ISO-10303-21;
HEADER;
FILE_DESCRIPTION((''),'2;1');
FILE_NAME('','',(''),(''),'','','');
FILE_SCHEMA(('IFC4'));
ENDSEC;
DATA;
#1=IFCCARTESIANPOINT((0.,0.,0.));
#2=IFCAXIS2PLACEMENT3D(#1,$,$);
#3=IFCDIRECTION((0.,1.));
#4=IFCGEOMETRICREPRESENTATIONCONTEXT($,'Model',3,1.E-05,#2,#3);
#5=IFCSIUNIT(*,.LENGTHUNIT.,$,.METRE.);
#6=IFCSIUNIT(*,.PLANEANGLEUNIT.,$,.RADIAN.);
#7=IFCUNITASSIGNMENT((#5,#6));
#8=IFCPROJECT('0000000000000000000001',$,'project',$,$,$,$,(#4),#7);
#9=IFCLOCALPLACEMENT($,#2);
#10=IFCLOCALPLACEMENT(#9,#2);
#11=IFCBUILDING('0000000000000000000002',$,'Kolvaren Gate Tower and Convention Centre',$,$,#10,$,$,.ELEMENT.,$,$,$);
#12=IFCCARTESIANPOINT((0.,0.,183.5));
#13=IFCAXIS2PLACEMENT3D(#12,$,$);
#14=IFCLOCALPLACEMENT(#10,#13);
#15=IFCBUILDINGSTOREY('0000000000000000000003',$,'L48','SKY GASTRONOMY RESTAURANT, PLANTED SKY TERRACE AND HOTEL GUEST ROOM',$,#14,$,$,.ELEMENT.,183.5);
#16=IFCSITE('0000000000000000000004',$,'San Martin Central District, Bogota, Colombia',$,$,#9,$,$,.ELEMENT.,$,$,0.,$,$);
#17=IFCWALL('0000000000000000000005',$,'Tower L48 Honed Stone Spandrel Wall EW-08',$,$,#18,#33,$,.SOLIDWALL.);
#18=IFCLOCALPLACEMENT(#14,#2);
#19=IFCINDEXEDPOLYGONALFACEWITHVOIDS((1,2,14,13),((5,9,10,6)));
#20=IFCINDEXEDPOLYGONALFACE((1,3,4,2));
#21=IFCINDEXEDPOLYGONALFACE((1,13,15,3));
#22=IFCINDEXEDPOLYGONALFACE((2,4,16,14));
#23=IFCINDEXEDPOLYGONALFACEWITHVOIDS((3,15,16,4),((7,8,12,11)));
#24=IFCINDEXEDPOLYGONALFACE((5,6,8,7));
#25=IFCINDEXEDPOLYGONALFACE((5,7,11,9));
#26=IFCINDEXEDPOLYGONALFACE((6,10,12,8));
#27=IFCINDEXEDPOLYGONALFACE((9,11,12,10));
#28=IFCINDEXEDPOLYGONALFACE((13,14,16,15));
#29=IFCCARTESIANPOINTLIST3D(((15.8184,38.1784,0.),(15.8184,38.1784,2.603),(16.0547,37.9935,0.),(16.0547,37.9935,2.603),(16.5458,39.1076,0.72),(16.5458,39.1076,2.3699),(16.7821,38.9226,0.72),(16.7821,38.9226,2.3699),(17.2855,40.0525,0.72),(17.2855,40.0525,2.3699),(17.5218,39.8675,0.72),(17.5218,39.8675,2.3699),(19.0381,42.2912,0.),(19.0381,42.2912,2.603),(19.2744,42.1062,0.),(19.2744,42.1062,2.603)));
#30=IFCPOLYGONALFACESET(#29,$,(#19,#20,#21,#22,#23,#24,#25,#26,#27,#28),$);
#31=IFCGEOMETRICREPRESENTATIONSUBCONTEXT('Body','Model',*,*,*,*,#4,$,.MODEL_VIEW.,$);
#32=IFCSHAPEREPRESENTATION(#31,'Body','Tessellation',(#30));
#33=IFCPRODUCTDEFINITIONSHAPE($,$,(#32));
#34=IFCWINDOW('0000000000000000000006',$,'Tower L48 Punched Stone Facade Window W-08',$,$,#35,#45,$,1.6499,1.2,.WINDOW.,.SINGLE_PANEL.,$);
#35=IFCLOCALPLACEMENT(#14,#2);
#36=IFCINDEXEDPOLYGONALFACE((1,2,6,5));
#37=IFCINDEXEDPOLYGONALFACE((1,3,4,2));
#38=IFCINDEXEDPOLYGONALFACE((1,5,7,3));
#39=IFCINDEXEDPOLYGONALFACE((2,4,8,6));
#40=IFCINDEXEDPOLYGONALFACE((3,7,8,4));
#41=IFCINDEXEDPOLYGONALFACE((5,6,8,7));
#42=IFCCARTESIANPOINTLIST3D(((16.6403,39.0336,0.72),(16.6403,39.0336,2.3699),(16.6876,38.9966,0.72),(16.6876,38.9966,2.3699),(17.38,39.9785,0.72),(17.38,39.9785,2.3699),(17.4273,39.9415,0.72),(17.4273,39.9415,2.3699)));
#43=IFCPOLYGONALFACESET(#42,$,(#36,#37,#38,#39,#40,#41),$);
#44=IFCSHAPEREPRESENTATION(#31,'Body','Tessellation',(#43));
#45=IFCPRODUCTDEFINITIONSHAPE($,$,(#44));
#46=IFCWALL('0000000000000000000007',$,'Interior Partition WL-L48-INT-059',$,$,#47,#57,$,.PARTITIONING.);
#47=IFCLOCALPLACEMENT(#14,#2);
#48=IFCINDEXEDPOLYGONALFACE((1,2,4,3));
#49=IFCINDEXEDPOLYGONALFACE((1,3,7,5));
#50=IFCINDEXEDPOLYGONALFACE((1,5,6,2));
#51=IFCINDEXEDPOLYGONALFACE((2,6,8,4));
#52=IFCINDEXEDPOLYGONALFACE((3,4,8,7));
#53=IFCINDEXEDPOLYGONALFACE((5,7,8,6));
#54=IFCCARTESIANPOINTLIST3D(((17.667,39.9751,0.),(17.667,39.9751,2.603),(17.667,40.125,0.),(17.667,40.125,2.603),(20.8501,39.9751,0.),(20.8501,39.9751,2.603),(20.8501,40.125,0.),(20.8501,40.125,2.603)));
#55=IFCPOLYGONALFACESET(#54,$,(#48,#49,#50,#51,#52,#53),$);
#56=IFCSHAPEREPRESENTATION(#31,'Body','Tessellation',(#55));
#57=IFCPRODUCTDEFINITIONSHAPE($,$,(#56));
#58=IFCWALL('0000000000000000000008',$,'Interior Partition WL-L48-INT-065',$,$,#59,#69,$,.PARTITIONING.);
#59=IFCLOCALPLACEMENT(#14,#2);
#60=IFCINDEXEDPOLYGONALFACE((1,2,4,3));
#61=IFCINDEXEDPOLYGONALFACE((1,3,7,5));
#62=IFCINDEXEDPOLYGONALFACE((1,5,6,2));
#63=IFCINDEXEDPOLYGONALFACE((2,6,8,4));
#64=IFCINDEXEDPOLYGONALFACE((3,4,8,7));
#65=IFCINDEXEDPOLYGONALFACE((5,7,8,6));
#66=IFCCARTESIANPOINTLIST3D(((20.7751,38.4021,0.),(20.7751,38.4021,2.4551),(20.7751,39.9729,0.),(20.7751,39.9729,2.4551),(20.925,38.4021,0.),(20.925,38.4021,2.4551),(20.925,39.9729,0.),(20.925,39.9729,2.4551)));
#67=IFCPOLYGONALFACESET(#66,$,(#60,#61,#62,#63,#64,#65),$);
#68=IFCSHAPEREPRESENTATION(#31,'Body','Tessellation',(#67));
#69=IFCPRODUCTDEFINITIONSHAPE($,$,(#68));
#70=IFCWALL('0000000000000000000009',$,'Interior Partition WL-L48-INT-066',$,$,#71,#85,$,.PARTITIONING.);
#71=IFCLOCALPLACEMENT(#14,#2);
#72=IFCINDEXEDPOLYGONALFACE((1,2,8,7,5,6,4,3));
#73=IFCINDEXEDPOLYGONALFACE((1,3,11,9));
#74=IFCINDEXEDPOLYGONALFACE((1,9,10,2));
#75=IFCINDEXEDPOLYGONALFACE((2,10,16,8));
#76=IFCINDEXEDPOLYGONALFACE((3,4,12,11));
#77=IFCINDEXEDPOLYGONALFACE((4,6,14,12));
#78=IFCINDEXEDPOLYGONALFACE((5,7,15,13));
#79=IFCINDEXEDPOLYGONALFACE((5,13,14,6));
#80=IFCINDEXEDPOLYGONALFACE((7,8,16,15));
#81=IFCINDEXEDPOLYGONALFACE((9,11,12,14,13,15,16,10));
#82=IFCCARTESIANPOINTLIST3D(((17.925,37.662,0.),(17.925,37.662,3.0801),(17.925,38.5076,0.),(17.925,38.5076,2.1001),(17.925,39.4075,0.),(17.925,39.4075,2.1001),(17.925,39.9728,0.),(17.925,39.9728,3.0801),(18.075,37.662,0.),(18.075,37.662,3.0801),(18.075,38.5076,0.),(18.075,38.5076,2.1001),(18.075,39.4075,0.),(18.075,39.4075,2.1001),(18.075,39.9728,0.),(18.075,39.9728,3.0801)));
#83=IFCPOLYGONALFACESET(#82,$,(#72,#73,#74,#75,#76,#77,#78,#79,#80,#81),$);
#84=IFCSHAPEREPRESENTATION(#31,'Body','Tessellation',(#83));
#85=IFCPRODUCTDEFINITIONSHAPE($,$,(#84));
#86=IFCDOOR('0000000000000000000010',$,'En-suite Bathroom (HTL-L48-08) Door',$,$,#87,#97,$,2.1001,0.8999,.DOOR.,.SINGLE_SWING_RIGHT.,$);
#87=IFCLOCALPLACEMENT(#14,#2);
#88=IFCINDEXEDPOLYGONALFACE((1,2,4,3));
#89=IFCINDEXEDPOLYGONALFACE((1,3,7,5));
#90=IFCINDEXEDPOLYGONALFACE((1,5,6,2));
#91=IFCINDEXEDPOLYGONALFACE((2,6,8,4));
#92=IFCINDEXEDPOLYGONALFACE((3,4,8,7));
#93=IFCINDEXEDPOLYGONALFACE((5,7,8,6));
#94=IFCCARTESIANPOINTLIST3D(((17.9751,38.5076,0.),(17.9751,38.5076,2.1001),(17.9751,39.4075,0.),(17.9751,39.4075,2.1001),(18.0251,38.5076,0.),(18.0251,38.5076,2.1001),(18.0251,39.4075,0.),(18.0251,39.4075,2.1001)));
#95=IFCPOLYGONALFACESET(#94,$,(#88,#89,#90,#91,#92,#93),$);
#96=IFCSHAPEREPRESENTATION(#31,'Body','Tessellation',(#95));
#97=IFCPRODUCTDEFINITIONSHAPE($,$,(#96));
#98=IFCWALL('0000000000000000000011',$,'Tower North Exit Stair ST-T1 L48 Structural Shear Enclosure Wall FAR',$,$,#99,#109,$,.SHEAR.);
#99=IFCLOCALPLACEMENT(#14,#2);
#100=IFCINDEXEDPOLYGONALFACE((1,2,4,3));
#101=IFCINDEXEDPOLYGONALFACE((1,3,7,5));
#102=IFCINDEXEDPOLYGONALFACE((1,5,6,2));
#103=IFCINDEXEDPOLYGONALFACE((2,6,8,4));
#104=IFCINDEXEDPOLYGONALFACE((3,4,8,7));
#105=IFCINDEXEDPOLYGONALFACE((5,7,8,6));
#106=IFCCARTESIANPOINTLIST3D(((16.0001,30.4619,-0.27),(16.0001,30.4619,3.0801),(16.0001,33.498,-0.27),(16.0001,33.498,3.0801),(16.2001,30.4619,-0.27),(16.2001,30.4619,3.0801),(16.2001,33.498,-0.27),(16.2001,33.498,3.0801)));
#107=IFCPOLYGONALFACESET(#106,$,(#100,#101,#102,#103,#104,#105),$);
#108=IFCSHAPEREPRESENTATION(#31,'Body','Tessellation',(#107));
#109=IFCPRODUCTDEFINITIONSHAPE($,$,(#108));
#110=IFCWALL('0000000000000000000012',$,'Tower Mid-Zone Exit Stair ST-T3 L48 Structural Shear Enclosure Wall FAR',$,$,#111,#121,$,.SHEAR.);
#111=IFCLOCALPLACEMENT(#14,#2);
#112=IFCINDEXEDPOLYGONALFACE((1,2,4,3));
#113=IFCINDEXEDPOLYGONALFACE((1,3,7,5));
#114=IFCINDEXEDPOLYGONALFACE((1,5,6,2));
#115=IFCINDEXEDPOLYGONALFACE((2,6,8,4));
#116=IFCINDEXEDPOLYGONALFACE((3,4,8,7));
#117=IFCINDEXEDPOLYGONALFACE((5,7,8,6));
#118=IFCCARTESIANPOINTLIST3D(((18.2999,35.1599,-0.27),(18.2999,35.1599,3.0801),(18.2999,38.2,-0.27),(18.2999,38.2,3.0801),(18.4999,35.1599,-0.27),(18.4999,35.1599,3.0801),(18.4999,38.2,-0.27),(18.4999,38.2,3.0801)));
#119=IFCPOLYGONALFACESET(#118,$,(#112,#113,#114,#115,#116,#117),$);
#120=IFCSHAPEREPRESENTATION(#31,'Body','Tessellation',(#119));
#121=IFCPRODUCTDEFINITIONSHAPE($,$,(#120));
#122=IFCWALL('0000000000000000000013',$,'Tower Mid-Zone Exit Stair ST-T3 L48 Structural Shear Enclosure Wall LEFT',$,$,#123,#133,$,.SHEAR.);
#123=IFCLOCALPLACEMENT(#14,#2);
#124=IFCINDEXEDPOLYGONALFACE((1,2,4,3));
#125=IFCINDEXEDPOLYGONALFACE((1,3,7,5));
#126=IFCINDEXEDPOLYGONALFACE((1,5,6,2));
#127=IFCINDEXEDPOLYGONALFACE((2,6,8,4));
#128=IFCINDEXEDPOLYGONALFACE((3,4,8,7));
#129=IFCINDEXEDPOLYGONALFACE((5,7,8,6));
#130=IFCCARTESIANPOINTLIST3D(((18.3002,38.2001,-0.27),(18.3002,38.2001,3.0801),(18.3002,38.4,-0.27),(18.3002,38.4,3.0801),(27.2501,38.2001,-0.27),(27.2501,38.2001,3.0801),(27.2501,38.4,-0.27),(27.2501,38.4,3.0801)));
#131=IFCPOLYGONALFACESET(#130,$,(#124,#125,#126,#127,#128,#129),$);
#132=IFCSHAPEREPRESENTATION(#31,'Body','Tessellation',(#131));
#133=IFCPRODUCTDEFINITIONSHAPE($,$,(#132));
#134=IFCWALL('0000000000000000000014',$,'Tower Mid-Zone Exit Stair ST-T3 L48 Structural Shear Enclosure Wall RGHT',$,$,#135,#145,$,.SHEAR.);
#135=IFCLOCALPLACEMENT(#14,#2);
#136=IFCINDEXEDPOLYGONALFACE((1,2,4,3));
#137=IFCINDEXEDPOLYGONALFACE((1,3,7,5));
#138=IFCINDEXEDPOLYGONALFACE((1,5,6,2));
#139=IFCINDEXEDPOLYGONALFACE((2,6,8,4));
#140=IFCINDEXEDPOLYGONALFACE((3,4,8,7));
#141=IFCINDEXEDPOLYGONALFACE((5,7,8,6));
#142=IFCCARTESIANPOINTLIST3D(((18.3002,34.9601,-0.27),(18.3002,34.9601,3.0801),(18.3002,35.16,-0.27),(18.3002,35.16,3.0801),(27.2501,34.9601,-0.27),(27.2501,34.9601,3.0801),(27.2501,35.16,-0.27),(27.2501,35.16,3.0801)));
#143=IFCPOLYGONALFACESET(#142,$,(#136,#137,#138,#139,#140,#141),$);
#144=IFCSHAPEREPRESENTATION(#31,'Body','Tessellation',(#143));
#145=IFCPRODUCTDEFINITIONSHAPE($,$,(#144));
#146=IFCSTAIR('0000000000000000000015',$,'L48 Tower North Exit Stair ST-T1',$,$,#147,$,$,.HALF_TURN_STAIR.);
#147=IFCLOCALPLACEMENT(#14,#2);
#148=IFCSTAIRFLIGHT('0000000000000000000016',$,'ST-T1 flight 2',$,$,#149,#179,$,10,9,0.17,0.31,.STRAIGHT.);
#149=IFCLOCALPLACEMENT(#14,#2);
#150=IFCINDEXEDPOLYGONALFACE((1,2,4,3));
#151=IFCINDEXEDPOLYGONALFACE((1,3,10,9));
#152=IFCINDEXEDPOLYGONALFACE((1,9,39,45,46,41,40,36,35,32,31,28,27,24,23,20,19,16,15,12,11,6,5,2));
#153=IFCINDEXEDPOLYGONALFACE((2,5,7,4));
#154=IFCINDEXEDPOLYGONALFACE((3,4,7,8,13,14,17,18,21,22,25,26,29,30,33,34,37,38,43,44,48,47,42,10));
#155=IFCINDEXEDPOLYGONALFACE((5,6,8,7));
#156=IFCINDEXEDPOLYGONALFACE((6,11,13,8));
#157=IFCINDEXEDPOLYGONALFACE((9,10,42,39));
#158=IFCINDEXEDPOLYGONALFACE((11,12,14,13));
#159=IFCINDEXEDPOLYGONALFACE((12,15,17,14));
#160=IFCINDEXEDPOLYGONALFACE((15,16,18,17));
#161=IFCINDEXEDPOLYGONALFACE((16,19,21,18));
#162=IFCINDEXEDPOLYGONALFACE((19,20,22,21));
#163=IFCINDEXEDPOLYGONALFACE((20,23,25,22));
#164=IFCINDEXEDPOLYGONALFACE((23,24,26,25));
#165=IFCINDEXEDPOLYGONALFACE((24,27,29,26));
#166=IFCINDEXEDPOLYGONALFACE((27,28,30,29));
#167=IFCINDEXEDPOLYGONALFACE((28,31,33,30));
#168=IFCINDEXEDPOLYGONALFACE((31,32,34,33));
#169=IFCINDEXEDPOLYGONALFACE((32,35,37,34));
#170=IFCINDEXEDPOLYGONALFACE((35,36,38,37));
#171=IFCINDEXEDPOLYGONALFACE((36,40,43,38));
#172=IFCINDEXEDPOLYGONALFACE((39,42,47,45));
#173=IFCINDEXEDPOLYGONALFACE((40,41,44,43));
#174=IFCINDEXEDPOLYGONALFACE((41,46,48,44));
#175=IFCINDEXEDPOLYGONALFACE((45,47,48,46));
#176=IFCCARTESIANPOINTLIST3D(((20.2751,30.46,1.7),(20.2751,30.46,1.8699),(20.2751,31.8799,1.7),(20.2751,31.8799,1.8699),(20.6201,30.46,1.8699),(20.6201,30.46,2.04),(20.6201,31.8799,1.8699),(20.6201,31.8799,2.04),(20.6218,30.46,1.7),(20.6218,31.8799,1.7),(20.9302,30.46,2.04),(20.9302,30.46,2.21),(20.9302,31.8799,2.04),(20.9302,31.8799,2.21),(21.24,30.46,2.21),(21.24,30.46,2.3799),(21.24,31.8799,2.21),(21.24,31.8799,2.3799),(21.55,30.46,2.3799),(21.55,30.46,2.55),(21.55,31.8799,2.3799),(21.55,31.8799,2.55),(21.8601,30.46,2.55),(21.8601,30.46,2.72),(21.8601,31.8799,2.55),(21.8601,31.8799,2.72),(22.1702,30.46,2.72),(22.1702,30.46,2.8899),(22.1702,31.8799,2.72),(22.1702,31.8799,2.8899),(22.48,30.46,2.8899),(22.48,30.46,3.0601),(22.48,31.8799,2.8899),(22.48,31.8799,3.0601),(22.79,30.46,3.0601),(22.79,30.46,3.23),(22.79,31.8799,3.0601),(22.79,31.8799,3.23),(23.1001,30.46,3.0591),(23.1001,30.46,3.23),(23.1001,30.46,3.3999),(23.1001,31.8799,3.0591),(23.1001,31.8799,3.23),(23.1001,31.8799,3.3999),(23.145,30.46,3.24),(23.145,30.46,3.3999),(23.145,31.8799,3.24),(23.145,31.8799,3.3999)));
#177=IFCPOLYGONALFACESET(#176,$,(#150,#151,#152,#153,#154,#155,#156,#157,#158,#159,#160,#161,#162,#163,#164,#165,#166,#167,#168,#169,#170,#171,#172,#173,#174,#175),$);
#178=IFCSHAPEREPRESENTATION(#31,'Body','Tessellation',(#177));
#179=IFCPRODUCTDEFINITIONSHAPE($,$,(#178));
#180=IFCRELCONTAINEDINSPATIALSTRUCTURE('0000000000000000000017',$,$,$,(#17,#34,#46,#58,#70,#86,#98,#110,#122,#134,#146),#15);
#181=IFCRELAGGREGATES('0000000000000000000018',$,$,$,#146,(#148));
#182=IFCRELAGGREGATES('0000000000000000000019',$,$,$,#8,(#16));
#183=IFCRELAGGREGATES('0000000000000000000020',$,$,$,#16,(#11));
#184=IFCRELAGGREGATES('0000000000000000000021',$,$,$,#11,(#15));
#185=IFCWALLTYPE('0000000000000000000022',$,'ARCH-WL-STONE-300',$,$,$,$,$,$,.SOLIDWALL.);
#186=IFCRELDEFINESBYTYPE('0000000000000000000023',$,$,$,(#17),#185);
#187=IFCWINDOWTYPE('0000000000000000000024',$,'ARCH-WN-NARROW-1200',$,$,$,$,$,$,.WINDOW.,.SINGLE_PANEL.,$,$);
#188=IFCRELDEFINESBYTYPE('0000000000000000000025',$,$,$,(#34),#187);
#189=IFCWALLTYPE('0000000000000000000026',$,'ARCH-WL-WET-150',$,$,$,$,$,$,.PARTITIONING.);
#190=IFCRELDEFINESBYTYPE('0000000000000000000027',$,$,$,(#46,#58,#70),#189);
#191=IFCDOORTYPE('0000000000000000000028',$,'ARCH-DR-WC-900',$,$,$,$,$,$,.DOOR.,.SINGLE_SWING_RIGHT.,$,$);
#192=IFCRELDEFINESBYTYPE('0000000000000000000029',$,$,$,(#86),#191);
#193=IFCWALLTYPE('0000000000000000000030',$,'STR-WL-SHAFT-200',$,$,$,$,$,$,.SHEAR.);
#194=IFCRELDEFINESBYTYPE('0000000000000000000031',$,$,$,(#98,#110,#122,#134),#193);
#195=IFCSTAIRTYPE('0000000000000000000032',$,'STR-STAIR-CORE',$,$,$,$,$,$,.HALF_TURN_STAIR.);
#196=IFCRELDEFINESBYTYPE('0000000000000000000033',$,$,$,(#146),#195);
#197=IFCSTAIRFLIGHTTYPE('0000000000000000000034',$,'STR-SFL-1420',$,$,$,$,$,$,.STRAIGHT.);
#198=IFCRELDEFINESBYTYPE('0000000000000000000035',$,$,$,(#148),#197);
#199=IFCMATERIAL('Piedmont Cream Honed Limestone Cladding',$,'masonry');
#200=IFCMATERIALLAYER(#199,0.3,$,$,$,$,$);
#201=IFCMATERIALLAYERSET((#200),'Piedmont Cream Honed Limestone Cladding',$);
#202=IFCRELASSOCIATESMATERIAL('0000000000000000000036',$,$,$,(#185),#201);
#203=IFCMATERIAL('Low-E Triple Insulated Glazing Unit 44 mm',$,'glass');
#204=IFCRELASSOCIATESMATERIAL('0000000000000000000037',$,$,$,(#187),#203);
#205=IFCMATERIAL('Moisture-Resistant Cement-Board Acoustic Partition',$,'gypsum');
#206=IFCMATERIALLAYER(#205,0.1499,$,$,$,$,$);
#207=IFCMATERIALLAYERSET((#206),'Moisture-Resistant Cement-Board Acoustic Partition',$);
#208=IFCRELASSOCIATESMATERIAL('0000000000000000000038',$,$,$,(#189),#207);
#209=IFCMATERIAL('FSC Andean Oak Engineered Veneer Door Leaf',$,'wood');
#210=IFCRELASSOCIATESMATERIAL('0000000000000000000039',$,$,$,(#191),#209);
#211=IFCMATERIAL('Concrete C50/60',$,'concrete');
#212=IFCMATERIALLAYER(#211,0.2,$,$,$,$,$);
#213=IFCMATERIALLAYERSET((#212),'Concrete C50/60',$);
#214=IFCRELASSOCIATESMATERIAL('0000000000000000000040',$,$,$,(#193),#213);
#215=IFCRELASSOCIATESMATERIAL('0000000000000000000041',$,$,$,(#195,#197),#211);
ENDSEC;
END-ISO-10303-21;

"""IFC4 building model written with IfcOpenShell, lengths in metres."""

from ifc_helpers import new_model, si_unit, direction, frame, frame_2d, origin, place, context, subcontext, project, spatial, polyline, rectangle, outline, extrude, material, layer, layer_set, type_object, element, fill, aggregate, save


model = new_model("IFC4")

# Units and contexts
model_context = context("Model", 3, precision=1e-05, world=origin(), true_north=direction((0.0, 1.0)))
body_context = subcontext(model_context, "Body", "Model", "MODEL_VIEW")
ifc_project = project(units=[si_unit("LENGTHUNIT", "METRE"), si_unit("PLANEANGLEUNIT", "RADIAN")], contexts=[model_context])

# Site, building, storey
site_placement = place(None, origin())
site = spatial("IfcSite", under=ifc_project, at=site_placement, Name="San Martin Central District, Bogota, Colombia", CompositionType="ELEMENT", RefElevation=0.0)
building_placement = place(site_placement, origin())
building = spatial("IfcBuilding", under=site, at=building_placement, Name="Kolvaren Gate Tower and Convention Centre", CompositionType="ELEMENT")
storey_placement = place(building_placement, frame((0.0, 0.0, 183.5)))
storey = spatial("IfcBuildingStorey", under=building, at=storey_placement, Name="L48", Description="SKY GASTRONOMY RESTAURANT, PLANTED SKY TERRACE AND HOTEL GUEST ROOM", CompositionType="ELEMENT", Elevation=183.5)

# Wall, opening, window
ifc_material_1 = material(Name="Piedmont Cream Honed Limestone Cladding", Category="masonry")
ifc_layer_1 = layer(ifc_material_1, 0.3)
ifc_layer_set_1 = layer_set([ifc_layer_1], Name="Piedmont Cream Honed Limestone Cladding")
wall_type_1 = type_object("IfcWallType", Name="ARCH-WL-STONE-300", PredefinedType="SOLIDWALL", material=ifc_layer_set_1)
ifc_material_2 = material(Name="Low-E Triple Insulated Glazing Unit 44 mm", Category="glass")
wall_1_placement = place(storey_placement, frame((15.9365, 38.0859, 0.0), z_axis=(0.0, 0.0, 1.0), x_axis=(0.616429, 0.78741, 0.0)))
wall_1 = element("IfcWall", 1, at=wall_1_placement, inside=storey, type_object=wall_type_1, Name="Tower L48 Honed Stone Spandrel Wall EW-08", PredefinedType="SOLIDWALL", context=body_context, shape_type="SweptSolid", body=[
    extrude(rectangle(XDim=5.2231, YDim=0.3, at=frame_2d((2.6116, 0.0))), origin(), (0.0, 0.0, 1.0), 2.603),
])
opening_1_placement = place(wall_1_placement, frame((1.1799, 0.0, 0.72)))
opening_1 = element("IfcOpeningElement", 2, at=opening_1_placement, cuts=wall_1, PredefinedType="OPENING", context=body_context, shape_type="SweptSolid", body=[
    extrude(rectangle(XDim=1.2, YDim=1.6499, at=frame_2d((0.6001, 0.825))), frame((0.0, 0.1599, 0.0), z_axis=(0.0, -1.0, 0.0), x_axis=(1.0, 0.0, 0.0)), (0.0, 0.0, 1.0), 0.3201),
])
window_type_1 = type_object("IfcWindowType", Name="ARCH-WN-NARROW-1200", PartitioningType="SINGLE_PANEL", PredefinedType="WINDOW", material=ifc_material_2)
window_1_placement = place(opening_1_placement, origin())
window_1 = element("IfcWindow", 3, at=window_1_placement, inside=storey, type_object=window_type_1, Name="Tower L48 Punched Stone Facade Window W-08", OverallHeight=1.6499, OverallWidth=1.2, PartitioningType="SINGLE_PANEL", PredefinedType="WINDOW", context=body_context, shape_type="SweptSolid", body=[
    extrude(rectangle(XDim=1.2, YDim=1.6499, at=frame_2d((0.6001, 0.825))), frame((0.0, 0.03, 0.0), z_axis=(0.0, -1.0, 0.0), x_axis=(1.0, 0.0, 0.0)), (0.0, 0.0, 1.0), 0.0601),
])
fill(opening_1, window_1)

# Walls
ifc_material_3 = material(Name="Moisture-Resistant Cement-Board Acoustic Partition", Category="gypsum")
ifc_layer_2 = layer(ifc_material_3, 0.1499)
ifc_layer_set_2 = layer_set([ifc_layer_2], Name="Moisture-Resistant Cement-Board Acoustic Partition")
wall_type_2 = type_object("IfcWallType", Name="ARCH-WL-WET-150", PredefinedType="PARTITIONING", material=ifc_layer_set_2)
wall_2_placement = place(storey_placement, frame((17.667, 40.05, 0.0), z_axis=(0.0, 0.0, 1.0), x_axis=(1.0, 0.0, 0.0)))
element("IfcWall", 4, at=wall_2_placement, inside=storey, type_object=wall_type_2, Name="Interior Partition WL-L48-INT-059", PredefinedType="PARTITIONING", context=body_context, shape_type="SweptSolid", body=[
    extrude(rectangle(XDim=3.1831, YDim=0.1499, at=frame_2d((1.5916, 0.0))), origin(), (0.0, 0.0, 1.0), 2.603),
])
wall_3_placement = place(storey_placement, frame((20.8501, 38.4021, 0.0), z_axis=(0.0, 0.0, 1.0), x_axis=(0.0, 1.0, 0.0)))
element("IfcWall", 5, at=wall_3_placement, inside=storey, type_object=wall_type_2, Name="Interior Partition WL-L48-INT-065", PredefinedType="PARTITIONING", context=body_context, shape_type="SweptSolid", body=[
    extrude(rectangle(XDim=1.5708, YDim=0.1499, at=frame_2d((0.7854, 0.0))), origin(), (0.0, 0.0, 1.0), 2.4551),
])

# Wall, opening, door
wall_4_placement = place(storey_placement, frame((18.0, 37.6621, 0.0), z_axis=(0.0, 0.0, 1.0), x_axis=(0.0, 1.0, 0.0)))
wall_4 = element("IfcWall", 6, at=wall_4_placement, inside=storey, type_object=wall_type_2, Name="Interior Partition WL-L48-INT-066", PredefinedType="PARTITIONING", context=body_context, shape_type="SweptSolid", body=[
    extrude(rectangle(XDim=2.3108, YDim=0.1499, at=frame_2d((1.1553, 0.0))), origin(), (0.0, 0.0, 1.0), 3.0801),
])
opening_2_placement = place(wall_4_placement, frame((0.8455, 0.0, 0.0)))
opening_2 = element("IfcOpeningElement", 7, at=opening_2_placement, cuts=wall_4, PredefinedType="OPENING", context=body_context, shape_type="SweptSolid", body=[
    extrude(rectangle(XDim=0.8999, YDim=2.1001, at=frame_2d((0.45, 1.05))), frame((0.0, 0.085, 0.0), z_axis=(0.0, -1.0, 0.0), x_axis=(1.0, 0.0, 0.0)), (0.0, 0.0, 1.0), 0.1699),
])
ifc_material_4 = material(Name="FSC Andean Oak Engineered Veneer Door Leaf", Category="wood")
door_type = type_object("IfcDoorType", Name="ARCH-DR-WC-900", OperationType="SINGLE_SWING_RIGHT", PredefinedType="DOOR", material=ifc_material_4)
door_placement = place(opening_2_placement, origin())
door = element("IfcDoor", 8, at=door_placement, inside=storey, type_object=door_type, Name="En-suite Bathroom (HTL-L48-08) Door", OperationType="SINGLE_SWING_RIGHT", OverallHeight=2.1001, OverallWidth=0.8999, PredefinedType="DOOR", context=body_context, shape_type="SweptSolid", body=[
    extrude(rectangle(XDim=0.8999, YDim=2.1001, at=frame_2d((0.45, 1.05))), frame((0.0, 0.0249, 0.0), z_axis=(0.0, -1.0, 0.0), x_axis=(1.0, 0.0, 0.0)), (0.0, 0.0, 1.0), 0.05),
])
fill(opening_2, door)

# Walls
ifc_material_5 = material(Name="Concrete C50/60", Category="concrete")
ifc_layer_3 = layer(ifc_material_5, 0.2)
ifc_layer_set_3 = layer_set([ifc_layer_3], Name="Concrete C50/60")
wall_type_3 = type_object("IfcWallType", Name="STR-WL-SHAFT-200", PredefinedType="SHEAR", material=ifc_layer_set_3)
wall_5_placement = place(storey_placement, frame((16.1001, 30.4619, -0.27), z_axis=(0.0, 0.0, 1.0), x_axis=(0.0, 1.0, 0.0)))
element("IfcWall", 9, at=wall_5_placement, inside=storey, type_object=wall_type_3, Name="Tower North Exit Stair ST-T1 L48 Structural Shear Enclosure Wall FAR", PredefinedType="SHEAR", context=body_context, shape_type="SweptSolid", body=[
    extrude(rectangle(XDim=3.0361, YDim=0.2, at=frame_2d((1.5181, 0.0))), origin(), (0.0, 0.0, 1.0), 3.3501),
])
wall_6_placement = place(storey_placement, frame((18.3999, 35.1599, -0.27), z_axis=(0.0, 0.0, 1.0), x_axis=(0.0, 1.0, 0.0)))
element("IfcWall", 10, at=wall_6_placement, inside=storey, type_object=wall_type_3, Name="Tower Mid-Zone Exit Stair ST-T3 L48 Structural Shear Enclosure Wall FAR", PredefinedType="SHEAR", context=body_context, shape_type="SweptSolid", body=[
    extrude(rectangle(XDim=3.04, YDim=0.2, at=frame_2d((1.52, 0.0))), origin(), (0.0, 0.0, 1.0), 3.3501),
])
for number, where, z_axis, x_axis, name in (
    (11, (18.3, 38.3, -0.27), (0.0, 0.0, 1.0), (1.0, 0.0, 0.0), "Tower Mid-Zone Exit Stair ST-T3 L48 Structural Shear Enclosure Wall LEFT"),
    (12, (18.3, 35.0601, -0.27), (0.0, 0.0, 1.0), (1.0, 0.0, 0.0), "Tower Mid-Zone Exit Stair ST-T3 L48 Structural Shear Enclosure Wall RGHT"),
):
    element("IfcWall", number, at=place(storey_placement, frame(where, z_axis=z_axis, x_axis=x_axis)), inside=storey, type_object=wall_type_3, Name=name, PredefinedType="SHEAR", context=body_context, shape_type="SweptSolid", body=[
        extrude(rectangle(XDim=8.95, YDim=0.2, at=frame_2d((4.4751, 0.0))), origin(), (0.0, 0.0, 1.0), 3.3501),
    ])

# Stair, stair flight
stair_type = type_object("IfcStairType", Name="STR-STAIR-CORE", PredefinedType="HALF_TURN_STAIR", material=ifc_material_5)
stair_placement = place(storey_placement, origin())
stair = element("IfcStair", 13, at=stair_placement, inside=storey, type_object=stair_type, Name="L48 Tower North Exit Stair ST-T1", PredefinedType="HALF_TURN_STAIR")
stair_flight_type = type_object("IfcStairFlightType", Name="STR-SFL-1420", PredefinedType="STRAIGHT", material=ifc_material_5)
stair_flight_placement = place(storey_placement, frame((20.3101, 31.1699, 1.7), z_axis=(0.0, 0.0, 1.0), x_axis=(1.0, 0.0, 0.0)))
stair_flight = element("IfcStairFlight", 14, at=stair_flight_placement, type_object=stair_flight_type, Name="ST-T1 flight 2", NumberOfRisers=10, NumberOfTreads=9, PredefinedType="STRAIGHT", RiserHeight=0.17, TreadLength=0.31, context=body_context, shape_type="SweptSolid", body=[
    extrude(outline(polyline([(-0.0349, 0.0), (-0.0349, 0.1699), (0.3101, 0.1699), (0.3101, 0.3401), (0.6201, 0.3401), (0.6201, 0.51), (0.9299, 0.51), (0.9299, 0.6799), (1.24, 0.6799), (1.24, 0.8501), (1.55, 0.8501), (1.55, 1.02), (1.8601, 1.02), (1.8601, 1.1899), (2.1699, 1.1899), (2.1699, 1.3601), (2.48, 1.3601), (2.48, 1.53), (2.79, 1.53), (2.79, 1.7), (2.835, 1.7), (2.835, 1.54), (2.79, 1.3591), (0.3118, 0.0), (-0.0349, 0.0)])), frame((0.0, 0.71, 0.0), z_axis=(0.0, -1.0, 0.0), x_axis=(1.0, 0.0, 0.0)), (0.0, 0.0, 1.0), 1.4199),
])
aggregate(stair, [stair_flight])

save(model, "model.ifc")
